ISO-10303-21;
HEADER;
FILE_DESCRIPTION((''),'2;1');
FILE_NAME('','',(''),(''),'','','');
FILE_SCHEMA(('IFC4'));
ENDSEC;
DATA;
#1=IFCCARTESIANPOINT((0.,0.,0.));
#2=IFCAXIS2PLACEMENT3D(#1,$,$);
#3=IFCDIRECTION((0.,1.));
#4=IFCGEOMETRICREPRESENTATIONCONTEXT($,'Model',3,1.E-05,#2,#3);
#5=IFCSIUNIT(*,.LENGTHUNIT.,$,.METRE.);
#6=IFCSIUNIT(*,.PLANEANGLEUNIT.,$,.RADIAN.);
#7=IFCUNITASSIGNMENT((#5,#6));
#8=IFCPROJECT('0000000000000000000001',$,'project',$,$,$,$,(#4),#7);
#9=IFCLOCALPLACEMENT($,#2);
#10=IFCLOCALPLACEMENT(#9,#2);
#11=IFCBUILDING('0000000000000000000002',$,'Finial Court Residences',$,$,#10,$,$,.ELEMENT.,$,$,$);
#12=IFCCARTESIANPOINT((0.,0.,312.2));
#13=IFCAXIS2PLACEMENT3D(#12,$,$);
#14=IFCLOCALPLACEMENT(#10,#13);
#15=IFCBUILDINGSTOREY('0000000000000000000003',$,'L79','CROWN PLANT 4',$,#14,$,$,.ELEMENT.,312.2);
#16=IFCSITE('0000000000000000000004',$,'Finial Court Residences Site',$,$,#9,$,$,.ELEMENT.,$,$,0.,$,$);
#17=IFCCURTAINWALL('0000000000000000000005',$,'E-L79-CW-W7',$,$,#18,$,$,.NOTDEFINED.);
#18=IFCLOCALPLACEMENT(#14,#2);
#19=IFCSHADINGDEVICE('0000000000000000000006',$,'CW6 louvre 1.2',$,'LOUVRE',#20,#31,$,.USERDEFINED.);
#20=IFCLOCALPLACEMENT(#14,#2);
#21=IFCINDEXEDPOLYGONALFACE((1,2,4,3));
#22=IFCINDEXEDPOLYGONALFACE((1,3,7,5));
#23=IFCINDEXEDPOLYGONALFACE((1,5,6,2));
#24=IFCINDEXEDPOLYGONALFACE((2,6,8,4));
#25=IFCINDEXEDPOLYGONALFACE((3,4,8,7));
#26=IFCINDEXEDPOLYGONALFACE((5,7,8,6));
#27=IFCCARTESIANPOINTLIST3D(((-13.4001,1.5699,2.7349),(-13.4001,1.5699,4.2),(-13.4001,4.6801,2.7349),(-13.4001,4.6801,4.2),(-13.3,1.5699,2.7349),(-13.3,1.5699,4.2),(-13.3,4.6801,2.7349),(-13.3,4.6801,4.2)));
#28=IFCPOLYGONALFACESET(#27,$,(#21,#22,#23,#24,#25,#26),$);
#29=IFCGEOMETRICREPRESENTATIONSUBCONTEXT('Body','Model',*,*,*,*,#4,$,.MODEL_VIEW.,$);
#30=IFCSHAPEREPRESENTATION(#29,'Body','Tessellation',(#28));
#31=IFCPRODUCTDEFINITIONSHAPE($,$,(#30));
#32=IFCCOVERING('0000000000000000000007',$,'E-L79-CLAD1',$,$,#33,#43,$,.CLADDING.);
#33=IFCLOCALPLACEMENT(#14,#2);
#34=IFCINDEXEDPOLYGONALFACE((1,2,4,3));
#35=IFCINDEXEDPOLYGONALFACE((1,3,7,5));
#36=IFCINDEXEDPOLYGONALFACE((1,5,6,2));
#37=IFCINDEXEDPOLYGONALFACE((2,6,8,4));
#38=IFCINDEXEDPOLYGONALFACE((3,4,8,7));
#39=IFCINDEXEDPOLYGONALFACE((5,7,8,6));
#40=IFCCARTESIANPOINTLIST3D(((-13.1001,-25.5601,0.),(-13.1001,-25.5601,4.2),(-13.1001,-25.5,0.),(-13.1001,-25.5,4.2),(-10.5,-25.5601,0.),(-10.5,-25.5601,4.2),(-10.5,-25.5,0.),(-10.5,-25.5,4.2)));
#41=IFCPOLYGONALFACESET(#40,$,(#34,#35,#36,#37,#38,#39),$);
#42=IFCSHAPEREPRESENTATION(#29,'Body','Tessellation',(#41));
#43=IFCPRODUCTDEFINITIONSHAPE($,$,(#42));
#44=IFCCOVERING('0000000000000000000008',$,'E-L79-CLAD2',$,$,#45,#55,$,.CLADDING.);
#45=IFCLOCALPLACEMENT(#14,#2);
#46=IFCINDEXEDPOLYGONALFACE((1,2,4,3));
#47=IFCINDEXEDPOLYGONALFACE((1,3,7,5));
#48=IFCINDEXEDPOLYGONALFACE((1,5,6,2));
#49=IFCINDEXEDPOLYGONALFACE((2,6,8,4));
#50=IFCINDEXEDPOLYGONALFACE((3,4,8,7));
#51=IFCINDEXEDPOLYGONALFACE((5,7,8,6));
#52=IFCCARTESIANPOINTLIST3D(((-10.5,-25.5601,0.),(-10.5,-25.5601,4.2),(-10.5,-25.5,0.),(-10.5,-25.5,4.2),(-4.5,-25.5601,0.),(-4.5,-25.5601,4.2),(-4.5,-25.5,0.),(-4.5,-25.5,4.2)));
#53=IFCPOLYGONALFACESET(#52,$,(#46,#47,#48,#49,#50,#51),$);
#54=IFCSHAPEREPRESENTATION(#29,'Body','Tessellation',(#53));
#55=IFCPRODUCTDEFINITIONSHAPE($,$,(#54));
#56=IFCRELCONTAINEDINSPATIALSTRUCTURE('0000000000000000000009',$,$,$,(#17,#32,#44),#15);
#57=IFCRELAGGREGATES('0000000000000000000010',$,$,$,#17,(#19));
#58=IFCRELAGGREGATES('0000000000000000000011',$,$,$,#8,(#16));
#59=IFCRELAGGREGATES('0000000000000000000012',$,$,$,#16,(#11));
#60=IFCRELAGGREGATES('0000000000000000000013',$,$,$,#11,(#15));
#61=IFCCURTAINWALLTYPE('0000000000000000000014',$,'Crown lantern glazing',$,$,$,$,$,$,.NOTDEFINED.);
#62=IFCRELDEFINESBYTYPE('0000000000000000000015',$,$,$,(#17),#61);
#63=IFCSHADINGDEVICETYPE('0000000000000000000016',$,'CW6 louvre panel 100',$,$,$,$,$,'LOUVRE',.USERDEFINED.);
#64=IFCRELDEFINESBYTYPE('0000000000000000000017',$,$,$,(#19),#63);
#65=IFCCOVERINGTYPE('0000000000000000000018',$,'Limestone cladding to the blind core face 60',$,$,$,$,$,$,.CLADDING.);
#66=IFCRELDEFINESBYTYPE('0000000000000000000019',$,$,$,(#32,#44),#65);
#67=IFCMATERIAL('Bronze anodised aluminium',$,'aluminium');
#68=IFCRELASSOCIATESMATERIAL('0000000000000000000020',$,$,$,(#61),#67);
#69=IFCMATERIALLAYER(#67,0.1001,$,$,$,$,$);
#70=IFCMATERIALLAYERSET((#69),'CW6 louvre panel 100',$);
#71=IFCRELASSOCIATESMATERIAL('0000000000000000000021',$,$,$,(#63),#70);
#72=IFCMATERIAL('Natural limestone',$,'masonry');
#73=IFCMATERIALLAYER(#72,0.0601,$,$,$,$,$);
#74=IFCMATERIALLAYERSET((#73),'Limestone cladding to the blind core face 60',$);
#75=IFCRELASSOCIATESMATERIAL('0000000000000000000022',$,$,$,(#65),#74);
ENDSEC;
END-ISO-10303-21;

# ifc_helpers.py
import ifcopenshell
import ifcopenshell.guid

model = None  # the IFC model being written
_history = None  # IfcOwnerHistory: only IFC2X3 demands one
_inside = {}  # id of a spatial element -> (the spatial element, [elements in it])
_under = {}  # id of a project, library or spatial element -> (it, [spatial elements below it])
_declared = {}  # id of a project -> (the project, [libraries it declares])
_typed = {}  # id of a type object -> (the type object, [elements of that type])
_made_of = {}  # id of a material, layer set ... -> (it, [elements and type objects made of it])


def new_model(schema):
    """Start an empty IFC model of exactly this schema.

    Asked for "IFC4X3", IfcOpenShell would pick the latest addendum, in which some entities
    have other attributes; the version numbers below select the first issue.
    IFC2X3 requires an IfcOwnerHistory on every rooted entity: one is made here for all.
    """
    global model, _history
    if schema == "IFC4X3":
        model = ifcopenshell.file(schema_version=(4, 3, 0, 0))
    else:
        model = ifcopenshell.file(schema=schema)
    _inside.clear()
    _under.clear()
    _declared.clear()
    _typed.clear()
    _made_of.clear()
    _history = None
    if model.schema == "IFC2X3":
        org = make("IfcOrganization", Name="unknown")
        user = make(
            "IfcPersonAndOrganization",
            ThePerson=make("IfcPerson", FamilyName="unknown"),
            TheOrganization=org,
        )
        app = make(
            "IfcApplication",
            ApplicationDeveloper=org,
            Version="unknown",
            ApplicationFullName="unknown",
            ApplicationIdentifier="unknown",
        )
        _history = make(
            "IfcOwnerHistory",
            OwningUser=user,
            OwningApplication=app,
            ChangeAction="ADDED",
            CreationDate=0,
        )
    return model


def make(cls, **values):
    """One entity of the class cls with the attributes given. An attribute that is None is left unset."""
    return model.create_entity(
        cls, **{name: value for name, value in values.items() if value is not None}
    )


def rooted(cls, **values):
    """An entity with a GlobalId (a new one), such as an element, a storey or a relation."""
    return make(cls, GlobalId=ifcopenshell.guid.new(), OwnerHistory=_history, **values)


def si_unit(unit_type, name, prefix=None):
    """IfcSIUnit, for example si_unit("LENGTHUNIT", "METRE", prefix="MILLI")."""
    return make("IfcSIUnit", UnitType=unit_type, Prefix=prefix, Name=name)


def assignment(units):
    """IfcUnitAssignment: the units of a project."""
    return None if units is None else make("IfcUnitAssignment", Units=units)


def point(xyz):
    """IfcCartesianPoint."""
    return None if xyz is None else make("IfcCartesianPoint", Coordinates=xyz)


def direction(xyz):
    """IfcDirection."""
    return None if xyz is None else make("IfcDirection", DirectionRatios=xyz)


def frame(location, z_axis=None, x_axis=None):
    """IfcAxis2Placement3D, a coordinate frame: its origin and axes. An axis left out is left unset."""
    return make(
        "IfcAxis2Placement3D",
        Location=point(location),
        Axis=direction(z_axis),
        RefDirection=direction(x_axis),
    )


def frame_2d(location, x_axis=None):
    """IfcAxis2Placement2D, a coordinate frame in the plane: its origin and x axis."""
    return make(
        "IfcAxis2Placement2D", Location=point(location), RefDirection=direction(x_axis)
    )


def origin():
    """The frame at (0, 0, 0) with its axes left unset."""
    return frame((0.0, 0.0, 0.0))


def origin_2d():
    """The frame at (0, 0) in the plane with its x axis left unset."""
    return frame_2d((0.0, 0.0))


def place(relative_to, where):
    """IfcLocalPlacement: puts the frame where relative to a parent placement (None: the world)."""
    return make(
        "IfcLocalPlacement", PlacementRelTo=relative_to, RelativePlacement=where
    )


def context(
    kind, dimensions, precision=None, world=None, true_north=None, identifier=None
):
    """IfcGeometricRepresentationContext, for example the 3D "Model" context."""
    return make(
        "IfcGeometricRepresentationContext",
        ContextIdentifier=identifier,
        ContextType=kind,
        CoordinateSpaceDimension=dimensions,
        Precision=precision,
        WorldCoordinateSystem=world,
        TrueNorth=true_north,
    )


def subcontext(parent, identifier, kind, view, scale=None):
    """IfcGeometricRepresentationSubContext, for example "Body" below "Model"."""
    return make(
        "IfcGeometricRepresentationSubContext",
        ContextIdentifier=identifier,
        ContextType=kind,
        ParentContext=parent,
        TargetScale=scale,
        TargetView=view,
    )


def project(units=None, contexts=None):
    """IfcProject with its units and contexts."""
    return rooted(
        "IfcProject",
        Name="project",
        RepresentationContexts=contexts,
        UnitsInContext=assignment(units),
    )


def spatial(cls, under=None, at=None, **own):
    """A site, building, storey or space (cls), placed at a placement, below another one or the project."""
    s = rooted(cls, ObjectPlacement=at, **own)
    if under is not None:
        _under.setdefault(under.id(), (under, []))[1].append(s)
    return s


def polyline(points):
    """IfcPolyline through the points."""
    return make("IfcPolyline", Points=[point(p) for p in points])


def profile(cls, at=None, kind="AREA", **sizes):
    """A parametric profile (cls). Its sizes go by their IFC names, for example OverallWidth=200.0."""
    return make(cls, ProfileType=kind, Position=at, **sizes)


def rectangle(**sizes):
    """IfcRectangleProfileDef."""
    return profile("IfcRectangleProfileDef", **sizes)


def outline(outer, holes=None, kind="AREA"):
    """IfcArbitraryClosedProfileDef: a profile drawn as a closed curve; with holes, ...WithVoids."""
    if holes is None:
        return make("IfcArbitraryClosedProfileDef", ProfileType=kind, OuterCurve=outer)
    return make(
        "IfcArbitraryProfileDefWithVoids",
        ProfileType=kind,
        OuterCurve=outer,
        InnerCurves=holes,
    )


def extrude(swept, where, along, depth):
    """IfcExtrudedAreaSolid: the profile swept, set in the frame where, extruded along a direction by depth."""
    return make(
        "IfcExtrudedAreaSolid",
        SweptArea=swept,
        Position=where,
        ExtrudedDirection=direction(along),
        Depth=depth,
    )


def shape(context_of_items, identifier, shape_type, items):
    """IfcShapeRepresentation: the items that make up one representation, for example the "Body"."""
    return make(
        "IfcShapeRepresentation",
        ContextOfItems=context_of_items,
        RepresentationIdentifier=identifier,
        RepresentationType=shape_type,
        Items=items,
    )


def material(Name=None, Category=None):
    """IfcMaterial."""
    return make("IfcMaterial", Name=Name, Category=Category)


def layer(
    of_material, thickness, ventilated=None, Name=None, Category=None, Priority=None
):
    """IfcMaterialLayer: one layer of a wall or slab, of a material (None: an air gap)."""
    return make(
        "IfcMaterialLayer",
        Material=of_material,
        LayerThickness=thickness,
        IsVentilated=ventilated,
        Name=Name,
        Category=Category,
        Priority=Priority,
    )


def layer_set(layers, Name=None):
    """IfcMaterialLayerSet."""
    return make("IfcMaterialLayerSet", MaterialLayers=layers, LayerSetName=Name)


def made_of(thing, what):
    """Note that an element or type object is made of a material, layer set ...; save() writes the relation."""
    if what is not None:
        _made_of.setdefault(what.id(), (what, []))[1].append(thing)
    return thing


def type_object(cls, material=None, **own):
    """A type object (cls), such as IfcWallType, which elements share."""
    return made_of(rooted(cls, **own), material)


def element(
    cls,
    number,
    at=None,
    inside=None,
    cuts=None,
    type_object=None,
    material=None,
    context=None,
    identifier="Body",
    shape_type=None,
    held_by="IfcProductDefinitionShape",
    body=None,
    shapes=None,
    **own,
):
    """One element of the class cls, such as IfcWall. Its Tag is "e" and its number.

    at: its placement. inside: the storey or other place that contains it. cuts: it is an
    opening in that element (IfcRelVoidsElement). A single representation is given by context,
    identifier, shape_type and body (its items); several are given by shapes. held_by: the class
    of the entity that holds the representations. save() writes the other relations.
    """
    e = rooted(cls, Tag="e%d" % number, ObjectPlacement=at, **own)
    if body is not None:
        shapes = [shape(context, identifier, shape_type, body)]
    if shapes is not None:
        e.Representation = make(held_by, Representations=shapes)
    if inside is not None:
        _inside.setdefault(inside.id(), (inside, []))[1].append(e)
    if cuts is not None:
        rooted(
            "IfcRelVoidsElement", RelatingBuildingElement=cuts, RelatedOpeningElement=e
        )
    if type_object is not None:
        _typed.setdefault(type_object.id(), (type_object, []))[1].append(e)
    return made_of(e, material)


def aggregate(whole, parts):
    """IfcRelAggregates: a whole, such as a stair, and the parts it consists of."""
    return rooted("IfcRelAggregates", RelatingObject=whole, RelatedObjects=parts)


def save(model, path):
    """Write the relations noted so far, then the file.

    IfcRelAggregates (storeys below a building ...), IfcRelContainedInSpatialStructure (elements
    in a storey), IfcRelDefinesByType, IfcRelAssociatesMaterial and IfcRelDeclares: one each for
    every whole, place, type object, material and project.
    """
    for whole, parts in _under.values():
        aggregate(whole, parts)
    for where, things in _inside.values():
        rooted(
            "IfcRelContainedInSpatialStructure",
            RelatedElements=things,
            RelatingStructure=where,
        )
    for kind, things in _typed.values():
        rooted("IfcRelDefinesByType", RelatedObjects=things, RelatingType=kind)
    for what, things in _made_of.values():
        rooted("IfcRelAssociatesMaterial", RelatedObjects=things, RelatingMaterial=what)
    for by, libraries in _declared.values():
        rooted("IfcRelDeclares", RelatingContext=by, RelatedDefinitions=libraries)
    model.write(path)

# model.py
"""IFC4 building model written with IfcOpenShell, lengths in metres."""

from ifc_helpers import new_model, si_unit, direction, frame, origin, origin_2d, place, context, subcontext, project, spatial, polyline, rectangle, outline, extrude, material, layer, layer_set, type_object, element, aggregate, save


model = new_model("IFC4")

# Units and contexts
model_context = context("Model", 3, precision=1e-05, world=origin(), true_north=direction((0.0, 1.0)))
body_context = subcontext(model_context, "Body", "Model", "MODEL_VIEW")
ifc_project = project(units=[si_unit("LENGTHUNIT", "METRE"), si_unit("PLANEANGLEUNIT", "RADIAN")], contexts=[model_context])

# Site, building, storey
site_placement = place(None, origin())
site = spatial("IfcSite", under=ifc_project, at=site_placement, Name="Finial Court Residences Site", CompositionType="ELEMENT", RefElevation=0.0)
building_placement = place(site_placement, origin())
building = spatial("IfcBuilding", under=site, at=building_placement, Name="Finial Court Residences", CompositionType="ELEMENT")
storey_placement = place(building_placement, frame((0.0, 0.0, 312.2)))
storey = spatial("IfcBuildingStorey", under=building, at=storey_placement, Name="L79", Description="CROWN PLANT 4", CompositionType="ELEMENT", Elevation=312.2)

# Curtain wall
ifc_material_1 = material(Name="Bronze anodised aluminium", Category="aluminium")
curtain_wall_type = type_object("IfcCurtainWallType", Name="Crown lantern glazing", PredefinedType="NOTDEFINED", material=ifc_material_1)
curtain_wall_1_placement = place(storey_placement, origin())
curtain_wall_1 = element("IfcCurtainWall", 1, at=curtain_wall_1_placement, inside=storey, type_object=curtain_wall_type, Name="E-L79-CW-W7", PredefinedType="NOTDEFINED")

# Shared definitions
ifc_material_2 = material(Name="Natural limestone", Category="masonry")

# Shading device
ifc_layer_1 = layer(ifc_material_1, 0.1001)
ifc_layer_set_1 = layer_set([ifc_layer_1], Name="CW6 louvre panel 100")
shading_device_type = type_object("IfcShadingDeviceType", Name="CW6 louvre panel 100", ElementType="LOUVRE", PredefinedType="USERDEFINED", material=ifc_layer_set_1)
shading_device_placement = place(storey_placement, frame((-13.3501, 3.125, 2.7349), z_axis=(0.0, 0.0, 1.0), x_axis=(0.0, 1.0, 0.0)))
shading_device = element("IfcShadingDevice", 2, at=shading_device_placement, type_object=shading_device_type, Name="CW6 louvre 1.2", ObjectType="LOUVRE", PredefinedType="USERDEFINED", context=body_context, shape_type="SweptSolid", body=[
    extrude(rectangle(XDim=3.1101, YDim=0.1001, at=origin_2d()), origin(), (0.0, 0.0, 1.0), 1.4651),
])
aggregate(curtain_wall_1, [shading_device])

# Coverings
ifc_layer_2 = layer(ifc_material_2, 0.0601)
ifc_layer_set_2 = layer_set([ifc_layer_2], Name="Limestone cladding to the blind core face 60")
covering_type = type_object("IfcCoveringType", Name="Limestone cladding to the blind core face 60", PredefinedType="CLADDING", material=ifc_layer_set_2)
covering_1_placement = place(storey_placement, origin())
element("IfcCovering", 3, at=covering_1_placement, inside=storey, type_object=covering_type, Name="E-L79-CLAD1", PredefinedType="CLADDING", context=body_context, shape_type="SweptSolid", body=[
    extrude(outline(polyline([(-10.5, -25.5601), (-10.5, -25.5), (-13.1001, -25.5), (-13.1001, -25.5601), (-10.5, -25.5601)])), origin(), (0.0, 0.0, 1.0), 4.2),
])
covering_2_placement = place(storey_placement, origin())
element("IfcCovering", 4, at=covering_2_placement, inside=storey, type_object=covering_type, Name="E-L79-CLAD2", PredefinedType="CLADDING", context=body_context, shape_type="SweptSolid", body=[
    extrude(outline(polyline([(-4.5, -25.5601), (-4.5, -25.5), (-10.5, -25.5), (-10.5, -25.5601), (-4.5, -25.5601)])), origin(), (0.0, 0.0, 1.0), 4.2),
])

save(model, "model.ifc")
